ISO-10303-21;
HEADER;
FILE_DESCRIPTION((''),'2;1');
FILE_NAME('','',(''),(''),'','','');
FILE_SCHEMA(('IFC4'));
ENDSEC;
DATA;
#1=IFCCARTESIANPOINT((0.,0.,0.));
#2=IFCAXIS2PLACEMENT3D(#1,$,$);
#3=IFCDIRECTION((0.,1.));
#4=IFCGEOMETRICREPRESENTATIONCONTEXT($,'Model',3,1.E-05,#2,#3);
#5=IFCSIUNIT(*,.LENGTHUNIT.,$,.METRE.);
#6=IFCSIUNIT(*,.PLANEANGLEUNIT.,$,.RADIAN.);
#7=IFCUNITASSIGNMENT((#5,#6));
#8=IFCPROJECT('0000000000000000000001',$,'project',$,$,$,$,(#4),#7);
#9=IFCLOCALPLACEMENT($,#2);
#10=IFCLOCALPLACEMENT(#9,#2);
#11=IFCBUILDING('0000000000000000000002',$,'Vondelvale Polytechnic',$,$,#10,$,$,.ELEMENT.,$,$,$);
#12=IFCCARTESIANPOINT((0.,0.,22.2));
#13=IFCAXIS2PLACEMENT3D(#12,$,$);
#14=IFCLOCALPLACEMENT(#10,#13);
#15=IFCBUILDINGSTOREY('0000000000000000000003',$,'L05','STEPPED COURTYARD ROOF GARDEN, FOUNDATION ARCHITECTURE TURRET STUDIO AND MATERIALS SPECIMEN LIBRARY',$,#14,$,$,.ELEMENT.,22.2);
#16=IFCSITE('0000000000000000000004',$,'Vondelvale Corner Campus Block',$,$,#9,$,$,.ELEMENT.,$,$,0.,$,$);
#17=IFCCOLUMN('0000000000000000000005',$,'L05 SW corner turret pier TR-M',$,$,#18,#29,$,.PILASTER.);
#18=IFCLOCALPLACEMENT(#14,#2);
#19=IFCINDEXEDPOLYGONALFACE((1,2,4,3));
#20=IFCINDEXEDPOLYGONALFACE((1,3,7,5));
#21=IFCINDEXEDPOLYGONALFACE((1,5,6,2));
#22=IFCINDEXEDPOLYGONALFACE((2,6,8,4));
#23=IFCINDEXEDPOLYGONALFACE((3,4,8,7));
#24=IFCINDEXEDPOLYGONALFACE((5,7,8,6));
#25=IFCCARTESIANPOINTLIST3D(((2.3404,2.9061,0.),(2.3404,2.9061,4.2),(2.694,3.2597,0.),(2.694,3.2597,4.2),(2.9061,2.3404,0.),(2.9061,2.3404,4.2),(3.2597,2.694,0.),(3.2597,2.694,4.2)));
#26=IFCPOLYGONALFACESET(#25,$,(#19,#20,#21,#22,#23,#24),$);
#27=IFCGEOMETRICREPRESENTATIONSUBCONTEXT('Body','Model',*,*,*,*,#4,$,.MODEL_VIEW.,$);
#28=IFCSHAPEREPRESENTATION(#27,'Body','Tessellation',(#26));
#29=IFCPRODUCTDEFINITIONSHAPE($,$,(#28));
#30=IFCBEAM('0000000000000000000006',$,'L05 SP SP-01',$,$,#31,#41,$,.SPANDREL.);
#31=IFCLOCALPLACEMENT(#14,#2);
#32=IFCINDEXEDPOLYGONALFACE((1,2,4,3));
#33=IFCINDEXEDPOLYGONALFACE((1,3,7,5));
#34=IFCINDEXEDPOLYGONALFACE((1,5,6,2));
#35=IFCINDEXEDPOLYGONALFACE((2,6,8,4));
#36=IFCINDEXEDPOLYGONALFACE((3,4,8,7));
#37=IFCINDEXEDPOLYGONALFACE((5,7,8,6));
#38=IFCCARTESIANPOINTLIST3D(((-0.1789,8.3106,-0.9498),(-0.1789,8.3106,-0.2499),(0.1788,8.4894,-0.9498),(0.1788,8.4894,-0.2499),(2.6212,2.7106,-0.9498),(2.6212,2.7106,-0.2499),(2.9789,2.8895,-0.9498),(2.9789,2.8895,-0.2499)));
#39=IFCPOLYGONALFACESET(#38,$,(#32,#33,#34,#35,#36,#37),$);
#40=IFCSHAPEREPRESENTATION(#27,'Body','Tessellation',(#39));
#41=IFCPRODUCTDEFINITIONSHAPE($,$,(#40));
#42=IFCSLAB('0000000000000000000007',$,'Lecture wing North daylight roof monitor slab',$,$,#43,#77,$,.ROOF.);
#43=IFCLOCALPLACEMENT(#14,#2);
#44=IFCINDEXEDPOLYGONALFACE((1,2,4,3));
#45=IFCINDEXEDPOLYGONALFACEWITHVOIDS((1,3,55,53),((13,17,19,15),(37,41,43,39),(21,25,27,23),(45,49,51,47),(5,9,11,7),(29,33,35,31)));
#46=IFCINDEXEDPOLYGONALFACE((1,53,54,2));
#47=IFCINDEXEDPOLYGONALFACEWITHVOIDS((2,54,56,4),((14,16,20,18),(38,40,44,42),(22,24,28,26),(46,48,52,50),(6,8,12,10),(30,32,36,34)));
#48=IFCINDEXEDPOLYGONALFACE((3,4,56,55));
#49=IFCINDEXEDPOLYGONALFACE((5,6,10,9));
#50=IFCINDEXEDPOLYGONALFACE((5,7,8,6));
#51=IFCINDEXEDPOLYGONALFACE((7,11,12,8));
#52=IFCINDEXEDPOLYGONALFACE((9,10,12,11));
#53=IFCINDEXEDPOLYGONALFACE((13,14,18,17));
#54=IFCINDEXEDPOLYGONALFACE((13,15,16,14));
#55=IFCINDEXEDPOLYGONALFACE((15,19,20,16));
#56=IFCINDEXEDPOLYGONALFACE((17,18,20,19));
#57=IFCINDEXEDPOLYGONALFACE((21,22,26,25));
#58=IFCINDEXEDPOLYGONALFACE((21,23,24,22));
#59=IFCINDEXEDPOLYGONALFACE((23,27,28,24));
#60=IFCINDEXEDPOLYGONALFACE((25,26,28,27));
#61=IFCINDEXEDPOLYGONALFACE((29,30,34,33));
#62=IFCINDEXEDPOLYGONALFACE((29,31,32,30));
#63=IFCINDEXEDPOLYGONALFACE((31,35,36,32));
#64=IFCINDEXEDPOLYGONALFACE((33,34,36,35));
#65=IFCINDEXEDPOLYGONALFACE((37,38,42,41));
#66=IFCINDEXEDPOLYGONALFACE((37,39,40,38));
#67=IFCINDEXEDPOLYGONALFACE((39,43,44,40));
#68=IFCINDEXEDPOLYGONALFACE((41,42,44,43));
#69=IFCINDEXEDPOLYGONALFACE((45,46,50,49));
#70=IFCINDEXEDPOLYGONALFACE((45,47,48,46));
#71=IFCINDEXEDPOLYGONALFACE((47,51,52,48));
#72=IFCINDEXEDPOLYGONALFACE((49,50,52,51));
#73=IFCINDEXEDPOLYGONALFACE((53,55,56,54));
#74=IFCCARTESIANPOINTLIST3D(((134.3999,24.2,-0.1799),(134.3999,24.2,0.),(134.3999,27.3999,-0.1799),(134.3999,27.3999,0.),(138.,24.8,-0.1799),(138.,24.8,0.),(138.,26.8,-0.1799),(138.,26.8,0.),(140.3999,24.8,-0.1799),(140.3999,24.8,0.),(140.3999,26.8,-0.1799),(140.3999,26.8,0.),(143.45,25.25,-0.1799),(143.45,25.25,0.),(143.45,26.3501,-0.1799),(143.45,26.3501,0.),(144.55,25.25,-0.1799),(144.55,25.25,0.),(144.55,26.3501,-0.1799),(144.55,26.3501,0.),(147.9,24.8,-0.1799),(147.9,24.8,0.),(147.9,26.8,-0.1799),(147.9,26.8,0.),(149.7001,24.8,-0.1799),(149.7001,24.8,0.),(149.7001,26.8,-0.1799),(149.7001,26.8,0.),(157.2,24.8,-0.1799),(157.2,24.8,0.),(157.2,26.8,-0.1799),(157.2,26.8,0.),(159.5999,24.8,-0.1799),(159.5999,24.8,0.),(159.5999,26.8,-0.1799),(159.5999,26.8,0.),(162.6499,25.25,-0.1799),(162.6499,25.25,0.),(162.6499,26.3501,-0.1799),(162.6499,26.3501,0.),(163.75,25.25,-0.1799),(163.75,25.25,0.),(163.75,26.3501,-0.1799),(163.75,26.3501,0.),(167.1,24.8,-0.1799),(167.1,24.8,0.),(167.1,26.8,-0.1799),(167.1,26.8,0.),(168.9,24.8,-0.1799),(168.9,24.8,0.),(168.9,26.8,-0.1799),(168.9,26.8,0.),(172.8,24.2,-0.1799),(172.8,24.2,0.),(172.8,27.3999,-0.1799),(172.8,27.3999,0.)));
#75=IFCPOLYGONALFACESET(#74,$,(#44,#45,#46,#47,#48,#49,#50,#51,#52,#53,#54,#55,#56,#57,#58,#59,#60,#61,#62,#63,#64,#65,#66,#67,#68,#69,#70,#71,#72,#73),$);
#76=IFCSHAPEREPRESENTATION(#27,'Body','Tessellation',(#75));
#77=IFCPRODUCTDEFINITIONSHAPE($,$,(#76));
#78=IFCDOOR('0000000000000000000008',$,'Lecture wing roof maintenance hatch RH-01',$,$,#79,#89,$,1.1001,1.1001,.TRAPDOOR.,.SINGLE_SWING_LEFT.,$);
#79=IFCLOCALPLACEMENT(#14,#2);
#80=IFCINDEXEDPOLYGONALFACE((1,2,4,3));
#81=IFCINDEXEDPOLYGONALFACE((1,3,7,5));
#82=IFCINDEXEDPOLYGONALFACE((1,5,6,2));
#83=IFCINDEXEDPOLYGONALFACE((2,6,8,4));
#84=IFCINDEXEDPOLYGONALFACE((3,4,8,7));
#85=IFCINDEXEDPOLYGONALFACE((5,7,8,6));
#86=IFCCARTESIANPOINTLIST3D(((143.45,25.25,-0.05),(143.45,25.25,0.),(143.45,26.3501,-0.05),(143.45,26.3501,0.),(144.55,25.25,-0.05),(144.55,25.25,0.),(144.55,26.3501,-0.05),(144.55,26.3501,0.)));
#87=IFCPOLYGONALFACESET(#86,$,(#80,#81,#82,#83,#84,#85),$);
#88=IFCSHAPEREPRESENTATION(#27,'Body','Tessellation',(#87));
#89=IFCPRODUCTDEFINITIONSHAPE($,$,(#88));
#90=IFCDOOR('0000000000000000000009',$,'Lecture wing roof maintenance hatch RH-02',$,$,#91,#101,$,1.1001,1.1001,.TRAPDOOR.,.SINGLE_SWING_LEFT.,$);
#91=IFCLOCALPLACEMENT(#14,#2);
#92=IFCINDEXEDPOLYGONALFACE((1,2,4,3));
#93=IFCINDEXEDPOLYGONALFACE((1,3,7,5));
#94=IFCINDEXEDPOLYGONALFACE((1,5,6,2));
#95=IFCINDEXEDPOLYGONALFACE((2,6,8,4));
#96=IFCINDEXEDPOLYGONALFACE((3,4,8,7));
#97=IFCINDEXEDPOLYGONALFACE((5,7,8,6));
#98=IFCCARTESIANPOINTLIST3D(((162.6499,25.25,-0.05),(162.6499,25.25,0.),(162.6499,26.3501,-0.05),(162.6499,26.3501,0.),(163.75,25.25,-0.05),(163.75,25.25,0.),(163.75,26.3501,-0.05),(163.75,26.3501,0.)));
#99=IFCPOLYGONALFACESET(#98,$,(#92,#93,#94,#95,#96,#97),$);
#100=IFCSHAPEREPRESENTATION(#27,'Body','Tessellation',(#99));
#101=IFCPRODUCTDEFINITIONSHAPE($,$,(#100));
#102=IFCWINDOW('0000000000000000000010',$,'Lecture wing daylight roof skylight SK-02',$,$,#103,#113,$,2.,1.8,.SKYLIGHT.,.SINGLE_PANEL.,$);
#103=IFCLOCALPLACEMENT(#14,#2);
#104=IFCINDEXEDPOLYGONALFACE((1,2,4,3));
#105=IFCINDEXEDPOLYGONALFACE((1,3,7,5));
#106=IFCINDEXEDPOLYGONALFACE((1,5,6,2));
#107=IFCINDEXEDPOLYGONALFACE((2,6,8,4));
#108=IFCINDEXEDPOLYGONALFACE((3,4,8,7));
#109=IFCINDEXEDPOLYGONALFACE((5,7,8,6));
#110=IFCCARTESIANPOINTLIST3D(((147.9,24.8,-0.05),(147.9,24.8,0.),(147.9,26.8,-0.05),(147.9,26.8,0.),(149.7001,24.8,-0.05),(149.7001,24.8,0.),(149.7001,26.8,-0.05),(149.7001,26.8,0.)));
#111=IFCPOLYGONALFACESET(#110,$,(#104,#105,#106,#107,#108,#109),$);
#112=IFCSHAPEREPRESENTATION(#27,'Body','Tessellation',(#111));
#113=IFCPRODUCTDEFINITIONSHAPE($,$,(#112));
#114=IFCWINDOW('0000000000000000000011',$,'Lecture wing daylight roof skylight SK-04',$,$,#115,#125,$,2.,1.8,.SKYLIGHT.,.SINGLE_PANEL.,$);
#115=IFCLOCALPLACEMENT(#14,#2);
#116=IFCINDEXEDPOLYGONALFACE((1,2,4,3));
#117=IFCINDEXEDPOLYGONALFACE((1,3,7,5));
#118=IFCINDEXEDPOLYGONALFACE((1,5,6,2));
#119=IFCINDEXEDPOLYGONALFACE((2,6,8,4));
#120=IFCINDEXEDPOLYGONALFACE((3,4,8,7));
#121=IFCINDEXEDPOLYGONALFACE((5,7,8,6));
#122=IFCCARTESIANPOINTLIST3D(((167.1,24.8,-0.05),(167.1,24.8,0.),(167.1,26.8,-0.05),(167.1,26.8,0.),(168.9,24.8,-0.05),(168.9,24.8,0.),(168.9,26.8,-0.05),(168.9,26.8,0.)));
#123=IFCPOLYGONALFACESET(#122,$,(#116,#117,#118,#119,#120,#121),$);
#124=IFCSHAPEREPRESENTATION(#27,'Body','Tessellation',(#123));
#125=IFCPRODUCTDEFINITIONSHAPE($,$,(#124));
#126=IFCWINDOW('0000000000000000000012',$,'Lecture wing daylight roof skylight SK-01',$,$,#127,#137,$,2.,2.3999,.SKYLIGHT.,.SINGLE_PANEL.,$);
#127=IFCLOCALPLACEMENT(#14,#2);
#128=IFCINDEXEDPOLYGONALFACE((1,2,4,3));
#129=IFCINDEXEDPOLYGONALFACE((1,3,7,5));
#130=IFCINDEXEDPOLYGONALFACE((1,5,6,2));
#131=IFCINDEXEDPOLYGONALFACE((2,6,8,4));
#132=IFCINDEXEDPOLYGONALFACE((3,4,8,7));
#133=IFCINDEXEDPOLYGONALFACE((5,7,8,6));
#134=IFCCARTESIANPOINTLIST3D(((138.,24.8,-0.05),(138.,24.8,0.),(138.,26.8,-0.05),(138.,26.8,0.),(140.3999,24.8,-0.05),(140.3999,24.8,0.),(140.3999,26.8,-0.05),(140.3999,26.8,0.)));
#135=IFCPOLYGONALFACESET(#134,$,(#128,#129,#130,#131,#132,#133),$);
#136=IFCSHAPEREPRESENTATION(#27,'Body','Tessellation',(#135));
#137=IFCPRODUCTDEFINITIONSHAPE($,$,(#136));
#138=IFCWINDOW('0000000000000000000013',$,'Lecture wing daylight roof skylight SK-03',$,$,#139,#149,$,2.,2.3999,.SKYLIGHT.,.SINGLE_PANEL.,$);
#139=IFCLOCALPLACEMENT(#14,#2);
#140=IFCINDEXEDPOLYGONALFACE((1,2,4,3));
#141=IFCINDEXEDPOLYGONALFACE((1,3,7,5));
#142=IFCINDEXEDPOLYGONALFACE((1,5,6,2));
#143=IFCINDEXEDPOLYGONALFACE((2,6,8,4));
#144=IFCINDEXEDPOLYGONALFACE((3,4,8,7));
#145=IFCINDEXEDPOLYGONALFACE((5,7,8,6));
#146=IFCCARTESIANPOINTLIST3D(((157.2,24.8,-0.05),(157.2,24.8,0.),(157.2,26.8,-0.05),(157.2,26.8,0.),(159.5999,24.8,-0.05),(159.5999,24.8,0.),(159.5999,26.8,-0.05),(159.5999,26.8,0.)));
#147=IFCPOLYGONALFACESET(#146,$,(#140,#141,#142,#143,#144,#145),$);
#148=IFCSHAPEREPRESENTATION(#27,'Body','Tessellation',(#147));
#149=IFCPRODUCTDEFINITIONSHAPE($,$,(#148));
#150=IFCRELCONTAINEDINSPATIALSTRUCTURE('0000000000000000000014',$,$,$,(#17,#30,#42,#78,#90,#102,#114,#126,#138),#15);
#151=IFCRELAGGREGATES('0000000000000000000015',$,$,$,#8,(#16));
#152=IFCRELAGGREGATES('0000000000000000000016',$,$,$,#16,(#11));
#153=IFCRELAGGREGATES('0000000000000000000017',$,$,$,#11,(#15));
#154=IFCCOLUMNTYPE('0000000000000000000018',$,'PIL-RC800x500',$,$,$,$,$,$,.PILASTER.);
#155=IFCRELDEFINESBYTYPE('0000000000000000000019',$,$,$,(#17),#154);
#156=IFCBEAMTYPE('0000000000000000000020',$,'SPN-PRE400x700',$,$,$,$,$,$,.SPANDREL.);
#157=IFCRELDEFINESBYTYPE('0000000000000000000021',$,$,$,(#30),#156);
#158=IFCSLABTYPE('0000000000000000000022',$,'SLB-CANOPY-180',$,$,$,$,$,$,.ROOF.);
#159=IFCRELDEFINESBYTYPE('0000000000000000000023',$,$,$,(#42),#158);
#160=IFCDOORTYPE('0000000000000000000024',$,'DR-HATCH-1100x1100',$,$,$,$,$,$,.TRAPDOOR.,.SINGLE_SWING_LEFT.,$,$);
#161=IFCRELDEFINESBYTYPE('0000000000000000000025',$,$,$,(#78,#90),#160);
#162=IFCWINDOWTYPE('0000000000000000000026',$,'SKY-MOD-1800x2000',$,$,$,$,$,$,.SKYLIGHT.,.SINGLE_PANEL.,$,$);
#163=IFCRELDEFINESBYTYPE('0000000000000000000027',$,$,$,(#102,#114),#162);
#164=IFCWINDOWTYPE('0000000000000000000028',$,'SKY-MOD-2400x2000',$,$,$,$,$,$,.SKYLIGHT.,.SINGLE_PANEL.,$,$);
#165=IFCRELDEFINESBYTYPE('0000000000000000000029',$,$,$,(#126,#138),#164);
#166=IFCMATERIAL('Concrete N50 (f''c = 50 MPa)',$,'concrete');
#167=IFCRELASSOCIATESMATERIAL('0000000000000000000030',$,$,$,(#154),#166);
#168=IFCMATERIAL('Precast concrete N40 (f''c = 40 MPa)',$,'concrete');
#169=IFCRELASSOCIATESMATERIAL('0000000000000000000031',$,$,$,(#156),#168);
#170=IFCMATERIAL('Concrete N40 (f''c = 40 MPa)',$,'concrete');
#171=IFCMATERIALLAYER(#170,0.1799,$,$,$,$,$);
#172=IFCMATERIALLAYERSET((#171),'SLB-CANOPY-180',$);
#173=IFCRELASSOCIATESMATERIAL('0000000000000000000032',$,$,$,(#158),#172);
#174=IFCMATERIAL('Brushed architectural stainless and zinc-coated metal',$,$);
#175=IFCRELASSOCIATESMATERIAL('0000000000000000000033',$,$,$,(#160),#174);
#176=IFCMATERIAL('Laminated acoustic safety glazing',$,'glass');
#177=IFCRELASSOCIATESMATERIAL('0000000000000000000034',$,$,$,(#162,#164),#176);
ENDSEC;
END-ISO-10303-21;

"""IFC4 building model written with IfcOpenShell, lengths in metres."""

from ifc_helpers import new_model, si_unit, direction, frame, origin, origin_2d, place, context, subcontext, project, spatial, polyline, rectangle, outline, extrude, material, layer, layer_set, material_profile, profile_set, type_object, element, fill, save


model = new_model("IFC4")

# Units and contexts
model_context = context("Model", 3, precision=1e-05, world=origin(), true_north=direction((0.0, 1.0)))
body_context = subcontext(model_context, "Body", "Model", "MODEL_VIEW")
ifc_project = project(units=[si_unit("LENGTHUNIT", "METRE"), si_unit("PLANEANGLEUNIT", "RADIAN")], contexts=[model_context])

# Site, building, storey
site_placement = place(None, origin())
site = spatial("IfcSite", under=ifc_project, at=site_placement, Name="Vondelvale Corner Campus Block", CompositionType="ELEMENT", RefElevation=0.0)
building_placement = place(site_placement, origin())
building = spatial("IfcBuilding", under=site, at=building_placement, Name="Vondelvale Polytechnic", CompositionType="ELEMENT")
storey_placement = place(building_placement, frame((0.0, 0.0, 22.2)))
storey = spatial("IfcBuildingStorey", under=building, at=storey_placement, Name="L05", Description="STEPPED COURTYARD ROOF GARDEN, FOUNDATION ARCHITECTURE TURRET STUDIO AND MATERIALS SPECIMEN LIBRARY", CompositionType="ELEMENT", Elevation=22.2)

# Column
ifc_material_1 = material(Name="Concrete N50 (f'c = 50 MPa)", Category="concrete")
ifc_material_profile_1 = material_profile(ifc_material_1, rectangle(XDim=0.5, YDim=0.8, at=origin_2d()), Name="RC-PIL-800x500")
ifc_profile_set_1 = profile_set([ifc_material_profile_1], Name="Concrete N50 (f'c = 50 MPa)")
column_type = type_object("IfcColumnType", Name="PIL-RC800x500", PredefinedType="PILASTER", material=ifc_profile_set_1)
column_placement = place(storey_placement, frame((2.8, 2.8, 0.0), z_axis=(0.0, 0.0, 1.0), x_axis=(0.707107, 0.707107, 0.0)))
element("IfcColumn", 1, at=column_placement, inside=storey, type_object=column_type, Name="L05 SW corner turret pier TR-M", PredefinedType="PILASTER", context=body_context, shape_type="SweptSolid", body=[
    extrude(rectangle(XDim=0.5, YDim=0.8, at=origin_2d()), origin(), (0.0, 0.0, 1.0), 4.2),
])

# Beam
ifc_material_2 = material(Name="Precast concrete N40 (f'c = 40 MPa)", Category="concrete")
ifc_material_profile_2 = material_profile(ifc_material_2, rectangle(XDim=0.3999, YDim=0.7, at=origin_2d()), Name="RC-SPN-400x700")
ifc_profile_set_2 = profile_set([ifc_material_profile_2], Name="Precast concrete N40 (f'c = 40 MPa)")
beam_type = type_object("IfcBeamType", Name="SPN-PRE400x700", PredefinedType="SPANDREL", material=ifc_profile_set_2)
beam_placement = place(storey_placement, frame((2.8, 2.8, -0.5999), z_axis=(-0.447229, 0.894419, 0.0), x_axis=(-0.894419, -0.447229, 0.0)))
element("IfcBeam", 2, at=beam_placement, inside=storey, type_object=beam_type, Name="L05 SP SP-01", PredefinedType="SPANDREL", context=body_context, shape_type="SweptSolid", body=[
    extrude(rectangle(XDim=0.3999, YDim=0.7, at=origin_2d()), origin(), (0.0, 0.0, 1.0), 6.261),
])

# Slab, openings, doors, windows
ifc_material_3 = material(Name="Concrete N40 (f'c = 40 MPa)", Category="concrete")
ifc_layer_1 = layer(ifc_material_3, 0.1799)
ifc_layer_set_1 = layer_set([ifc_layer_1], Name="SLB-CANOPY-180")
slab_type_1 = type_object("IfcSlabType", Name="SLB-CANOPY-180", PredefinedType="ROOF", material=ifc_layer_set_1)
slab_1_placement = place(storey_placement, frame((0.0, 0.0, -0.1799)))
slab_1 = element("IfcSlab", 3, at=slab_1_placement, inside=storey, type_object=slab_type_1, Name="Lecture wing North daylight roof monitor slab", PredefinedType="ROOF", context=body_context, shape_type="SweptSolid", body=[
    extrude(outline(polyline([(134.3999, 24.2), (172.8, 24.2), (172.8, 27.3999), (134.3999, 27.3999), (134.3999, 24.2)])), origin(), (0.0, 0.0, 1.0), 0.1799),
])
opening_1_placement = place(slab_1_placement, frame((139.2, 25.8, 0.0)))
opening_1 = element("IfcOpeningElement", 4, at=opening_1_placement, cuts=slab_1, PredefinedType="OPENING", context=body_context, shape_type="SweptSolid", body=[
    extrude(rectangle(XDim=2.3999, YDim=2.0, at=origin_2d()), origin(), (0.0, 0.0, 1.0), 0.1799),
])
opening_2_placement = place(slab_1_placement, frame((148.8, 25.8, 0.0)))
opening_2 = element("IfcOpeningElement", 5, at=opening_2_placement, cuts=slab_1, PredefinedType="OPENING", context=body_context, shape_type="SweptSolid", body=[
    extrude(rectangle(XDim=1.8, YDim=2.0, at=origin_2d()), origin(), (0.0, 0.0, 1.0), 0.1799),
])
opening_3_placement = place(slab_1_placement, frame((158.3999, 25.8, 0.0)))
opening_3 = element("IfcOpeningElement", 6, at=opening_3_placement, cuts=slab_1, PredefinedType="OPENING", context=body_context, shape_type="SweptSolid", body=[
    extrude(rectangle(XDim=2.3999, YDim=2.0, at=origin_2d()), origin(), (0.0, 0.0, 1.0), 0.1799),
])
opening_4_placement = place(slab_1_placement, frame((168.0, 25.8, 0.0)))
opening_4 = element("IfcOpeningElement", 7, at=opening_4_placement, cuts=slab_1, PredefinedType="OPENING", context=body_context, shape_type="SweptSolid", body=[
    extrude(rectangle(XDim=1.8, YDim=2.0, at=origin_2d()), origin(), (0.0, 0.0, 1.0), 0.1799),
])
opening_5_placement = place(slab_1_placement, frame((144.0, 25.8, 0.0)))
opening_5 = element("IfcOpeningElement", 8, at=opening_5_placement, cuts=slab_1, PredefinedType="OPENING", context=body_context, shape_type="SweptSolid", body=[
    extrude(rectangle(XDim=1.1001, YDim=1.1001, at=origin_2d()), origin(), (0.0, 0.0, 1.0), 0.1799),
])
opening_6_placement = place(slab_1_placement, frame((163.2, 25.8, 0.0)))
opening_6 = element("IfcOpeningElement", 9, at=opening_6_placement, cuts=slab_1, PredefinedType="OPENING", context=body_context, shape_type="SweptSolid", body=[
    extrude(rectangle(XDim=1.1001, YDim=1.1001, at=origin_2d()), origin(), (0.0, 0.0, 1.0), 0.1799),
])
ifc_material_4 = material(Name="Brushed architectural stainless and zinc-coated metal")
door_type = type_object("IfcDoorType", Name="DR-HATCH-1100x1100", OperationType="SINGLE_SWING_LEFT", PredefinedType="TRAPDOOR", material=ifc_material_4)
door_1_placement = place(opening_5_placement, frame((0.0, 0.0, 0.1299)))
door_1 = element("IfcDoor", 10, at=door_1_placement, inside=storey, type_object=door_type, Name="Lecture wing roof maintenance hatch RH-01", OperationType="SINGLE_SWING_LEFT", OverallHeight=1.1001, OverallWidth=1.1001, PredefinedType="TRAPDOOR", context=body_context, shape_type="SweptSolid", body=[
    extrude(rectangle(XDim=1.1001, YDim=1.1001, at=origin_2d()), origin(), (0.0, 0.0, 1.0), 0.05),
])
fill(opening_5, door_1)
door_2_placement = place(opening_6_placement, frame((0.0, 0.0, 0.1299)))
door_2 = element("IfcDoor", 11, at=door_2_placement, inside=storey, type_object=door_type, Name="Lecture wing roof maintenance hatch RH-02", OperationType="SINGLE_SWING_LEFT", OverallHeight=1.1001, OverallWidth=1.1001, PredefinedType="TRAPDOOR", context=body_context, shape_type="SweptSolid", body=[
    extrude(rectangle(XDim=1.1001, YDim=1.1001, at=origin_2d()), origin(), (0.0, 0.0, 1.0), 0.05),
])
fill(opening_6, door_2)
ifc_material_5 = material(Name="Laminated acoustic safety glazing", Category="glass")
window_type_1 = type_object("IfcWindowType", Name="SKY-MOD-1800x2000", PartitioningType="SINGLE_PANEL", PredefinedType="SKYLIGHT", material=ifc_material_5)
window_1_placement = place(opening_2_placement, frame((0.0, 0.0, 0.1299)))
window_1 = element("IfcWindow", 12, at=window_1_placement, inside=storey, type_object=window_type_1, Name="Lecture wing daylight roof skylight SK-02", OverallHeight=2.0, OverallWidth=1.8, PartitioningType="SINGLE_PANEL", PredefinedType="SKYLIGHT", context=body_context, shape_type="SweptSolid", body=[
    extrude(rectangle(XDim=1.8, YDim=2.0, at=origin_2d()), origin(), (0.0, 0.0, 1.0), 0.05),
])
fill(opening_2, window_1)
window_2_placement = place(opening_4_placement, frame((0.0, 0.0, 0.1299)))
window_2 = element("IfcWindow", 13, at=window_2_placement, inside=storey, type_object=window_type_1, Name="Lecture wing daylight roof skylight SK-04", OverallHeight=2.0, OverallWidth=1.8, PartitioningType="SINGLE_PANEL", PredefinedType="SKYLIGHT", context=body_context, shape_type="SweptSolid", body=[
    extrude(rectangle(XDim=1.8, YDim=2.0, at=origin_2d()), origin(), (0.0, 0.0, 1.0), 0.05),
])
fill(opening_4, window_2)
window_type_2 = type_object("IfcWindowType", Name="SKY-MOD-2400x2000", PartitioningType="SINGLE_PANEL", PredefinedType="SKYLIGHT", material=ifc_material_5)
window_3_placement = place(opening_1_placement, frame((0.0, 0.0, 0.1299)))
window_3 = element("IfcWindow", 14, at=window_3_placement, inside=storey, type_object=window_type_2, Name="Lecture wing daylight roof skylight SK-01", OverallHeight=2.0, OverallWidth=2.3999, PartitioningType="SINGLE_PANEL", PredefinedType="SKYLIGHT", context=body_context, shape_type="SweptSolid", body=[
    extrude(rectangle(XDim=2.3999, YDim=2.0, at=origin_2d()), origin(), (0.0, 0.0, 1.0), 0.05),
])
fill(opening_1, window_3)
window_4_placement = place(opening_3_placement, frame((0.0, 0.0, 0.1299)))
window_4 = element("IfcWindow", 15, at=window_4_placement, inside=storey, type_object=window_type_2, Name="Lecture wing daylight roof skylight SK-03", OverallHeight=2.0, OverallWidth=2.3999, PartitioningType="SINGLE_PANEL", PredefinedType="SKYLIGHT", context=body_context, shape_type="SweptSolid", body=[
    extrude(rectangle(XDim=2.3999, YDim=2.0, at=origin_2d()), origin(), (0.0, 0.0, 1.0), 0.05),
])
fill(opening_3, window_4)

save(model, "model.ifc")
